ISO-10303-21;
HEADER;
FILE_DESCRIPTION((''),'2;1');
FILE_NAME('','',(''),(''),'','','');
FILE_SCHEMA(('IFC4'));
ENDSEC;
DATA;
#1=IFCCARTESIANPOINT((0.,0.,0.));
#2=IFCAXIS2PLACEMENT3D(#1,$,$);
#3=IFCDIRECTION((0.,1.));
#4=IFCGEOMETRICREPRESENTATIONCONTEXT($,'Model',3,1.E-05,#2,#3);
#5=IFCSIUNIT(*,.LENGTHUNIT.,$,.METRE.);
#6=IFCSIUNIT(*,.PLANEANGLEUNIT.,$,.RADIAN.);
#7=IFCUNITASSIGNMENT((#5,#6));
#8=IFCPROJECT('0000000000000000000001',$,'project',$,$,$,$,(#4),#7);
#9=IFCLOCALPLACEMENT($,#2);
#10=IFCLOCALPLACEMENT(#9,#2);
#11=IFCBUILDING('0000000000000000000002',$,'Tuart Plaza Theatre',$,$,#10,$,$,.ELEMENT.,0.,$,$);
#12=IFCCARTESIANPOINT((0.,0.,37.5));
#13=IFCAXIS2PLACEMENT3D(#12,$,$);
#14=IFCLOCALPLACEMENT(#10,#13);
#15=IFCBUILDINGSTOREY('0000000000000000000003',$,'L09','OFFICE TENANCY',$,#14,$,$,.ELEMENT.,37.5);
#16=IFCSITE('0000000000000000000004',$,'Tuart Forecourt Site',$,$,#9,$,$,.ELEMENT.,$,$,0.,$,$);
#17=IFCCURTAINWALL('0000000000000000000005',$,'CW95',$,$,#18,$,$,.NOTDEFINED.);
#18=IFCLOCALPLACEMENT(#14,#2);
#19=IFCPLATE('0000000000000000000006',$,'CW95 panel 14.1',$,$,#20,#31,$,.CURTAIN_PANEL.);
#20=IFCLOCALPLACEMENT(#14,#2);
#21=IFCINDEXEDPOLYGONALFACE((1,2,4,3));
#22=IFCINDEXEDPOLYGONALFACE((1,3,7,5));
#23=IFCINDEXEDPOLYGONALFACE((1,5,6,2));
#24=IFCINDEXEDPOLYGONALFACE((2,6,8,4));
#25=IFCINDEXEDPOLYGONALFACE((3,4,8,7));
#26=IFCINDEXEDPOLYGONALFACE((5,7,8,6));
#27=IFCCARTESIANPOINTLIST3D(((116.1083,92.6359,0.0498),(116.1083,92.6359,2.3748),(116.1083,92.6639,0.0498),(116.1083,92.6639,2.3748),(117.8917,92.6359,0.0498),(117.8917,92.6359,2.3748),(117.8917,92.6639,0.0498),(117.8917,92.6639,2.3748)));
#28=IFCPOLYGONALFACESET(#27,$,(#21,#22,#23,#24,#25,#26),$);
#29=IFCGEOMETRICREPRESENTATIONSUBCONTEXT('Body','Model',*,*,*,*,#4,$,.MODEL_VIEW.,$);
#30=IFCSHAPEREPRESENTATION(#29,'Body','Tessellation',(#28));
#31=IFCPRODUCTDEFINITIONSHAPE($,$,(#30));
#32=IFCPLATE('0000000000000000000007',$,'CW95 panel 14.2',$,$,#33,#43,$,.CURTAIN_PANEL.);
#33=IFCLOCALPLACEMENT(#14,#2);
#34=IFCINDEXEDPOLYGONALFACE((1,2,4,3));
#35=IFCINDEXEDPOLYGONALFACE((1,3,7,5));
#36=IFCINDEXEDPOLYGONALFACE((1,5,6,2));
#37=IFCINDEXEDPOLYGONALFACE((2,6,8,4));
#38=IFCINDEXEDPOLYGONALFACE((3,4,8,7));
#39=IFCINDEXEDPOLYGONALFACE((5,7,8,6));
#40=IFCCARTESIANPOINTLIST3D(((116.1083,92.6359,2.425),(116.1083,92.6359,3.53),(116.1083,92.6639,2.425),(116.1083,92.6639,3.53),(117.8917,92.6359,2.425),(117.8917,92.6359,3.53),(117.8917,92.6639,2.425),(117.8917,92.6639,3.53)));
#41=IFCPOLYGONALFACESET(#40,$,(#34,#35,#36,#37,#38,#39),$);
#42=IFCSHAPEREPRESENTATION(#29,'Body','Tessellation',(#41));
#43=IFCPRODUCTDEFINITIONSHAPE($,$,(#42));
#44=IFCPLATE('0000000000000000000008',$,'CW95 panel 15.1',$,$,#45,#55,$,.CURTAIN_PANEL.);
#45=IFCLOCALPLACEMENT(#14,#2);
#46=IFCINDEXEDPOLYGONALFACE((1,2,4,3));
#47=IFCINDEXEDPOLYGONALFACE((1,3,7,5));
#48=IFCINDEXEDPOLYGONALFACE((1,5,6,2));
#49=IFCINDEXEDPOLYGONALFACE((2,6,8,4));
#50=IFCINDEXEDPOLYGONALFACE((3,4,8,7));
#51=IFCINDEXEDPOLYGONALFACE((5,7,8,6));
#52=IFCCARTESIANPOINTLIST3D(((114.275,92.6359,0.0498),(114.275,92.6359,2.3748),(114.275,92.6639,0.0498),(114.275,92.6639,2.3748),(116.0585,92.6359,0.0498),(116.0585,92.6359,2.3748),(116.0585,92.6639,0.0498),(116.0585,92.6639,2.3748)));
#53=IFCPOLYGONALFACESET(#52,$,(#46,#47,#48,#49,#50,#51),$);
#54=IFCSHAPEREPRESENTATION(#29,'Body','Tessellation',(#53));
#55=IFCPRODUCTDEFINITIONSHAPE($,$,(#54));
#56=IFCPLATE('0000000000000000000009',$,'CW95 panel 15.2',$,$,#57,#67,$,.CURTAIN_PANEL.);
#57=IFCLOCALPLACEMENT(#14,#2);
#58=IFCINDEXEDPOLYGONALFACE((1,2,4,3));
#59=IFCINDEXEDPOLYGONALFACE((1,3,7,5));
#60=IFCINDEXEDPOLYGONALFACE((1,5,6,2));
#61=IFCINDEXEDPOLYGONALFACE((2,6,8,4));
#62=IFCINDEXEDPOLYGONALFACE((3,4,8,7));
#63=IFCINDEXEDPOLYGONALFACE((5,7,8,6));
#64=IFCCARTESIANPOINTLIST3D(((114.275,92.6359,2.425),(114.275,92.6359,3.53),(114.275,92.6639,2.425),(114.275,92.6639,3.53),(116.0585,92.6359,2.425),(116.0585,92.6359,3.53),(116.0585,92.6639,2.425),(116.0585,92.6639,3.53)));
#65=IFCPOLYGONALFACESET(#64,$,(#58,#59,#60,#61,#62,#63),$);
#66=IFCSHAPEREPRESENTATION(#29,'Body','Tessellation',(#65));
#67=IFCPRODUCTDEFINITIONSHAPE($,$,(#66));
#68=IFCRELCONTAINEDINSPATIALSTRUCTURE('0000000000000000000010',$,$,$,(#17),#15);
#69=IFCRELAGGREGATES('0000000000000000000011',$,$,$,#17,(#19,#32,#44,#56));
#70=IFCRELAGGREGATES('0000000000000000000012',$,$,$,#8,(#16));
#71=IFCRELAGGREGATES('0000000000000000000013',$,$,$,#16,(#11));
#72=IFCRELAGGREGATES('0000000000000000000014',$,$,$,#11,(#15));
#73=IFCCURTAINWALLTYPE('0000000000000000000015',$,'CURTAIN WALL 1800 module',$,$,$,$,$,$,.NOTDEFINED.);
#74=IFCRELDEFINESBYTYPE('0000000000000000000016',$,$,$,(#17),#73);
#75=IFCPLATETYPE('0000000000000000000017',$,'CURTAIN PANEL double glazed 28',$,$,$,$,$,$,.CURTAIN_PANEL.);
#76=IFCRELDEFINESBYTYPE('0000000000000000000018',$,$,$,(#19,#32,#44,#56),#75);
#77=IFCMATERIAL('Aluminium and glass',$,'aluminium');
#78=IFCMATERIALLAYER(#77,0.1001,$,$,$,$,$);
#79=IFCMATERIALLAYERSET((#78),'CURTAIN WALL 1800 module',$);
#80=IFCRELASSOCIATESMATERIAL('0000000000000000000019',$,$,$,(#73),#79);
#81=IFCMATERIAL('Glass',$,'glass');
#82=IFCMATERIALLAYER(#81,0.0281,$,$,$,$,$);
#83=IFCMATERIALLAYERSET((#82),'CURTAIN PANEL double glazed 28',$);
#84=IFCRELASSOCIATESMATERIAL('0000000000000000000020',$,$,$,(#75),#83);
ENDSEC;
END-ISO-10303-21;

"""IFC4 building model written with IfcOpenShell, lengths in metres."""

from ifc_helpers import new_model, si_unit, direction, frame, origin, origin_2d, place, context, subcontext, project, spatial, rectangle, extrude, material, layer, layer_set, type_object, element, aggregate, save


model = new_model("IFC4")

# Units and contexts
model_context = context("Model", 3, precision=1e-05, world=origin(), true_north=direction((0.0, 1.0)))
body_context = subcontext(model_context, "Body", "Model", "MODEL_VIEW")
ifc_project = project(units=[si_unit("LENGTHUNIT", "METRE"), si_unit("PLANEANGLEUNIT", "RADIAN")], contexts=[model_context])

# Site, building, storey
site_placement = place(None, origin())
site = spatial("IfcSite", under=ifc_project, at=site_placement, Name="Tuart Forecourt Site", CompositionType="ELEMENT", RefElevation=0.0)
building_placement = place(site_placement, origin())
building = spatial("IfcBuilding", under=site, at=building_placement, Name="Tuart Plaza Theatre", CompositionType="ELEMENT", ElevationOfRefHeight=0.0)
storey_placement = place(building_placement, frame((0.0, 0.0, 37.5)))
storey = spatial("IfcBuildingStorey", under=building, at=storey_placement, Name="L09", Description="OFFICE TENANCY", CompositionType="ELEMENT", Elevation=37.5)

# Curtain wall, plates
ifc_material_1 = material(Name="Aluminium and glass", Category="aluminium")
ifc_layer_1 = layer(ifc_material_1, 0.1001)
ifc_layer_set_1 = layer_set([ifc_layer_1], Name="CURTAIN WALL 1800 module")
curtain_wall_type = type_object("IfcCurtainWallType", Name="CURTAIN WALL 1800 module", PredefinedType="NOTDEFINED", material=ifc_layer_set_1)
curtain_wall_placement = place(storey_placement, origin())
curtain_wall = element("IfcCurtainWall", 1, at=curtain_wall_placement, inside=storey, type_object=curtain_wall_type, Name="CW95", PredefinedType="NOTDEFINED")
ifc_material_2 = material(Name="Glass", Category="glass")
ifc_layer_2 = layer(ifc_material_2, 0.0281)
ifc_layer_set_2 = layer_set([ifc_layer_2], Name="CURTAIN PANEL double glazed 28")
plate_type = type_object("IfcPlateType", Name="CURTAIN PANEL double glazed 28", PredefinedType="CURTAIN_PANEL", material=ifc_layer_set_2)
plate_1_placement = place(storey_placement, frame((117.0, 92.6499, 0.0498), z_axis=(0.0, 0.0, 1.0), x_axis=(-1.0, 0.0, 0.0)))
plate_1 = element("IfcPlate", 2, at=plate_1_placement, type_object=plate_type, Name="CW95 panel 14.1", PredefinedType="CURTAIN_PANEL", context=body_context, shape_type="SweptSolid", body=[
    extrude(rectangle(XDim=1.7834, YDim=0.0281, at=origin_2d()), origin(), (0.0, 0.0, 1.0), 2.325),
])
plate_2_placement = place(storey_placement, frame((117.0, 92.6499, 2.425), z_axis=(0.0, 0.0, 1.0), x_axis=(-1.0, 0.0, 0.0)))
plate_2 = element("IfcPlate", 3, at=plate_2_placement, type_object=plate_type, Name="CW95 panel 14.2", PredefinedType="CURTAIN_PANEL", context=body_context, shape_type="SweptSolid", body=[
    extrude(rectangle(XDim=1.7834, YDim=0.0281, at=origin_2d()), origin(), (0.0, 0.0, 1.0), 1.105),
])
plate_3_placement = place(storey_placement, frame((115.1667, 92.6499, 0.0498), z_axis=(0.0, 0.0, 1.0), x_axis=(-1.0, 0.0, 0.0)))
plate_3 = element("IfcPlate", 4, at=plate_3_placement, type_object=plate_type, Name="CW95 panel 15.1", PredefinedType="CURTAIN_PANEL", context=body_context, shape_type="SweptSolid", body=[
    extrude(rectangle(XDim=1.7834, YDim=0.0281, at=origin_2d()), origin(), (0.0, 0.0, 1.0), 2.325),
])
plate_4_placement = place(storey_placement, frame((115.1667, 92.6499, 2.425), z_axis=(0.0, 0.0, 1.0), x_axis=(-1.0, 0.0, 0.0)))
plate_4 = element("IfcPlate", 5, at=plate_4_placement, type_object=plate_type, Name="CW95 panel 15.2", PredefinedType="CURTAIN_PANEL", context=body_context, shape_type="SweptSolid", body=[
    extrude(rectangle(XDim=1.7834, YDim=0.0281, at=origin_2d()), origin(), (0.0, 0.0, 1.0), 1.105),
])
aggregate(curtain_wall, [plate_1, plate_2, plate_3, plate_4])

save(model, "model.ifc")
